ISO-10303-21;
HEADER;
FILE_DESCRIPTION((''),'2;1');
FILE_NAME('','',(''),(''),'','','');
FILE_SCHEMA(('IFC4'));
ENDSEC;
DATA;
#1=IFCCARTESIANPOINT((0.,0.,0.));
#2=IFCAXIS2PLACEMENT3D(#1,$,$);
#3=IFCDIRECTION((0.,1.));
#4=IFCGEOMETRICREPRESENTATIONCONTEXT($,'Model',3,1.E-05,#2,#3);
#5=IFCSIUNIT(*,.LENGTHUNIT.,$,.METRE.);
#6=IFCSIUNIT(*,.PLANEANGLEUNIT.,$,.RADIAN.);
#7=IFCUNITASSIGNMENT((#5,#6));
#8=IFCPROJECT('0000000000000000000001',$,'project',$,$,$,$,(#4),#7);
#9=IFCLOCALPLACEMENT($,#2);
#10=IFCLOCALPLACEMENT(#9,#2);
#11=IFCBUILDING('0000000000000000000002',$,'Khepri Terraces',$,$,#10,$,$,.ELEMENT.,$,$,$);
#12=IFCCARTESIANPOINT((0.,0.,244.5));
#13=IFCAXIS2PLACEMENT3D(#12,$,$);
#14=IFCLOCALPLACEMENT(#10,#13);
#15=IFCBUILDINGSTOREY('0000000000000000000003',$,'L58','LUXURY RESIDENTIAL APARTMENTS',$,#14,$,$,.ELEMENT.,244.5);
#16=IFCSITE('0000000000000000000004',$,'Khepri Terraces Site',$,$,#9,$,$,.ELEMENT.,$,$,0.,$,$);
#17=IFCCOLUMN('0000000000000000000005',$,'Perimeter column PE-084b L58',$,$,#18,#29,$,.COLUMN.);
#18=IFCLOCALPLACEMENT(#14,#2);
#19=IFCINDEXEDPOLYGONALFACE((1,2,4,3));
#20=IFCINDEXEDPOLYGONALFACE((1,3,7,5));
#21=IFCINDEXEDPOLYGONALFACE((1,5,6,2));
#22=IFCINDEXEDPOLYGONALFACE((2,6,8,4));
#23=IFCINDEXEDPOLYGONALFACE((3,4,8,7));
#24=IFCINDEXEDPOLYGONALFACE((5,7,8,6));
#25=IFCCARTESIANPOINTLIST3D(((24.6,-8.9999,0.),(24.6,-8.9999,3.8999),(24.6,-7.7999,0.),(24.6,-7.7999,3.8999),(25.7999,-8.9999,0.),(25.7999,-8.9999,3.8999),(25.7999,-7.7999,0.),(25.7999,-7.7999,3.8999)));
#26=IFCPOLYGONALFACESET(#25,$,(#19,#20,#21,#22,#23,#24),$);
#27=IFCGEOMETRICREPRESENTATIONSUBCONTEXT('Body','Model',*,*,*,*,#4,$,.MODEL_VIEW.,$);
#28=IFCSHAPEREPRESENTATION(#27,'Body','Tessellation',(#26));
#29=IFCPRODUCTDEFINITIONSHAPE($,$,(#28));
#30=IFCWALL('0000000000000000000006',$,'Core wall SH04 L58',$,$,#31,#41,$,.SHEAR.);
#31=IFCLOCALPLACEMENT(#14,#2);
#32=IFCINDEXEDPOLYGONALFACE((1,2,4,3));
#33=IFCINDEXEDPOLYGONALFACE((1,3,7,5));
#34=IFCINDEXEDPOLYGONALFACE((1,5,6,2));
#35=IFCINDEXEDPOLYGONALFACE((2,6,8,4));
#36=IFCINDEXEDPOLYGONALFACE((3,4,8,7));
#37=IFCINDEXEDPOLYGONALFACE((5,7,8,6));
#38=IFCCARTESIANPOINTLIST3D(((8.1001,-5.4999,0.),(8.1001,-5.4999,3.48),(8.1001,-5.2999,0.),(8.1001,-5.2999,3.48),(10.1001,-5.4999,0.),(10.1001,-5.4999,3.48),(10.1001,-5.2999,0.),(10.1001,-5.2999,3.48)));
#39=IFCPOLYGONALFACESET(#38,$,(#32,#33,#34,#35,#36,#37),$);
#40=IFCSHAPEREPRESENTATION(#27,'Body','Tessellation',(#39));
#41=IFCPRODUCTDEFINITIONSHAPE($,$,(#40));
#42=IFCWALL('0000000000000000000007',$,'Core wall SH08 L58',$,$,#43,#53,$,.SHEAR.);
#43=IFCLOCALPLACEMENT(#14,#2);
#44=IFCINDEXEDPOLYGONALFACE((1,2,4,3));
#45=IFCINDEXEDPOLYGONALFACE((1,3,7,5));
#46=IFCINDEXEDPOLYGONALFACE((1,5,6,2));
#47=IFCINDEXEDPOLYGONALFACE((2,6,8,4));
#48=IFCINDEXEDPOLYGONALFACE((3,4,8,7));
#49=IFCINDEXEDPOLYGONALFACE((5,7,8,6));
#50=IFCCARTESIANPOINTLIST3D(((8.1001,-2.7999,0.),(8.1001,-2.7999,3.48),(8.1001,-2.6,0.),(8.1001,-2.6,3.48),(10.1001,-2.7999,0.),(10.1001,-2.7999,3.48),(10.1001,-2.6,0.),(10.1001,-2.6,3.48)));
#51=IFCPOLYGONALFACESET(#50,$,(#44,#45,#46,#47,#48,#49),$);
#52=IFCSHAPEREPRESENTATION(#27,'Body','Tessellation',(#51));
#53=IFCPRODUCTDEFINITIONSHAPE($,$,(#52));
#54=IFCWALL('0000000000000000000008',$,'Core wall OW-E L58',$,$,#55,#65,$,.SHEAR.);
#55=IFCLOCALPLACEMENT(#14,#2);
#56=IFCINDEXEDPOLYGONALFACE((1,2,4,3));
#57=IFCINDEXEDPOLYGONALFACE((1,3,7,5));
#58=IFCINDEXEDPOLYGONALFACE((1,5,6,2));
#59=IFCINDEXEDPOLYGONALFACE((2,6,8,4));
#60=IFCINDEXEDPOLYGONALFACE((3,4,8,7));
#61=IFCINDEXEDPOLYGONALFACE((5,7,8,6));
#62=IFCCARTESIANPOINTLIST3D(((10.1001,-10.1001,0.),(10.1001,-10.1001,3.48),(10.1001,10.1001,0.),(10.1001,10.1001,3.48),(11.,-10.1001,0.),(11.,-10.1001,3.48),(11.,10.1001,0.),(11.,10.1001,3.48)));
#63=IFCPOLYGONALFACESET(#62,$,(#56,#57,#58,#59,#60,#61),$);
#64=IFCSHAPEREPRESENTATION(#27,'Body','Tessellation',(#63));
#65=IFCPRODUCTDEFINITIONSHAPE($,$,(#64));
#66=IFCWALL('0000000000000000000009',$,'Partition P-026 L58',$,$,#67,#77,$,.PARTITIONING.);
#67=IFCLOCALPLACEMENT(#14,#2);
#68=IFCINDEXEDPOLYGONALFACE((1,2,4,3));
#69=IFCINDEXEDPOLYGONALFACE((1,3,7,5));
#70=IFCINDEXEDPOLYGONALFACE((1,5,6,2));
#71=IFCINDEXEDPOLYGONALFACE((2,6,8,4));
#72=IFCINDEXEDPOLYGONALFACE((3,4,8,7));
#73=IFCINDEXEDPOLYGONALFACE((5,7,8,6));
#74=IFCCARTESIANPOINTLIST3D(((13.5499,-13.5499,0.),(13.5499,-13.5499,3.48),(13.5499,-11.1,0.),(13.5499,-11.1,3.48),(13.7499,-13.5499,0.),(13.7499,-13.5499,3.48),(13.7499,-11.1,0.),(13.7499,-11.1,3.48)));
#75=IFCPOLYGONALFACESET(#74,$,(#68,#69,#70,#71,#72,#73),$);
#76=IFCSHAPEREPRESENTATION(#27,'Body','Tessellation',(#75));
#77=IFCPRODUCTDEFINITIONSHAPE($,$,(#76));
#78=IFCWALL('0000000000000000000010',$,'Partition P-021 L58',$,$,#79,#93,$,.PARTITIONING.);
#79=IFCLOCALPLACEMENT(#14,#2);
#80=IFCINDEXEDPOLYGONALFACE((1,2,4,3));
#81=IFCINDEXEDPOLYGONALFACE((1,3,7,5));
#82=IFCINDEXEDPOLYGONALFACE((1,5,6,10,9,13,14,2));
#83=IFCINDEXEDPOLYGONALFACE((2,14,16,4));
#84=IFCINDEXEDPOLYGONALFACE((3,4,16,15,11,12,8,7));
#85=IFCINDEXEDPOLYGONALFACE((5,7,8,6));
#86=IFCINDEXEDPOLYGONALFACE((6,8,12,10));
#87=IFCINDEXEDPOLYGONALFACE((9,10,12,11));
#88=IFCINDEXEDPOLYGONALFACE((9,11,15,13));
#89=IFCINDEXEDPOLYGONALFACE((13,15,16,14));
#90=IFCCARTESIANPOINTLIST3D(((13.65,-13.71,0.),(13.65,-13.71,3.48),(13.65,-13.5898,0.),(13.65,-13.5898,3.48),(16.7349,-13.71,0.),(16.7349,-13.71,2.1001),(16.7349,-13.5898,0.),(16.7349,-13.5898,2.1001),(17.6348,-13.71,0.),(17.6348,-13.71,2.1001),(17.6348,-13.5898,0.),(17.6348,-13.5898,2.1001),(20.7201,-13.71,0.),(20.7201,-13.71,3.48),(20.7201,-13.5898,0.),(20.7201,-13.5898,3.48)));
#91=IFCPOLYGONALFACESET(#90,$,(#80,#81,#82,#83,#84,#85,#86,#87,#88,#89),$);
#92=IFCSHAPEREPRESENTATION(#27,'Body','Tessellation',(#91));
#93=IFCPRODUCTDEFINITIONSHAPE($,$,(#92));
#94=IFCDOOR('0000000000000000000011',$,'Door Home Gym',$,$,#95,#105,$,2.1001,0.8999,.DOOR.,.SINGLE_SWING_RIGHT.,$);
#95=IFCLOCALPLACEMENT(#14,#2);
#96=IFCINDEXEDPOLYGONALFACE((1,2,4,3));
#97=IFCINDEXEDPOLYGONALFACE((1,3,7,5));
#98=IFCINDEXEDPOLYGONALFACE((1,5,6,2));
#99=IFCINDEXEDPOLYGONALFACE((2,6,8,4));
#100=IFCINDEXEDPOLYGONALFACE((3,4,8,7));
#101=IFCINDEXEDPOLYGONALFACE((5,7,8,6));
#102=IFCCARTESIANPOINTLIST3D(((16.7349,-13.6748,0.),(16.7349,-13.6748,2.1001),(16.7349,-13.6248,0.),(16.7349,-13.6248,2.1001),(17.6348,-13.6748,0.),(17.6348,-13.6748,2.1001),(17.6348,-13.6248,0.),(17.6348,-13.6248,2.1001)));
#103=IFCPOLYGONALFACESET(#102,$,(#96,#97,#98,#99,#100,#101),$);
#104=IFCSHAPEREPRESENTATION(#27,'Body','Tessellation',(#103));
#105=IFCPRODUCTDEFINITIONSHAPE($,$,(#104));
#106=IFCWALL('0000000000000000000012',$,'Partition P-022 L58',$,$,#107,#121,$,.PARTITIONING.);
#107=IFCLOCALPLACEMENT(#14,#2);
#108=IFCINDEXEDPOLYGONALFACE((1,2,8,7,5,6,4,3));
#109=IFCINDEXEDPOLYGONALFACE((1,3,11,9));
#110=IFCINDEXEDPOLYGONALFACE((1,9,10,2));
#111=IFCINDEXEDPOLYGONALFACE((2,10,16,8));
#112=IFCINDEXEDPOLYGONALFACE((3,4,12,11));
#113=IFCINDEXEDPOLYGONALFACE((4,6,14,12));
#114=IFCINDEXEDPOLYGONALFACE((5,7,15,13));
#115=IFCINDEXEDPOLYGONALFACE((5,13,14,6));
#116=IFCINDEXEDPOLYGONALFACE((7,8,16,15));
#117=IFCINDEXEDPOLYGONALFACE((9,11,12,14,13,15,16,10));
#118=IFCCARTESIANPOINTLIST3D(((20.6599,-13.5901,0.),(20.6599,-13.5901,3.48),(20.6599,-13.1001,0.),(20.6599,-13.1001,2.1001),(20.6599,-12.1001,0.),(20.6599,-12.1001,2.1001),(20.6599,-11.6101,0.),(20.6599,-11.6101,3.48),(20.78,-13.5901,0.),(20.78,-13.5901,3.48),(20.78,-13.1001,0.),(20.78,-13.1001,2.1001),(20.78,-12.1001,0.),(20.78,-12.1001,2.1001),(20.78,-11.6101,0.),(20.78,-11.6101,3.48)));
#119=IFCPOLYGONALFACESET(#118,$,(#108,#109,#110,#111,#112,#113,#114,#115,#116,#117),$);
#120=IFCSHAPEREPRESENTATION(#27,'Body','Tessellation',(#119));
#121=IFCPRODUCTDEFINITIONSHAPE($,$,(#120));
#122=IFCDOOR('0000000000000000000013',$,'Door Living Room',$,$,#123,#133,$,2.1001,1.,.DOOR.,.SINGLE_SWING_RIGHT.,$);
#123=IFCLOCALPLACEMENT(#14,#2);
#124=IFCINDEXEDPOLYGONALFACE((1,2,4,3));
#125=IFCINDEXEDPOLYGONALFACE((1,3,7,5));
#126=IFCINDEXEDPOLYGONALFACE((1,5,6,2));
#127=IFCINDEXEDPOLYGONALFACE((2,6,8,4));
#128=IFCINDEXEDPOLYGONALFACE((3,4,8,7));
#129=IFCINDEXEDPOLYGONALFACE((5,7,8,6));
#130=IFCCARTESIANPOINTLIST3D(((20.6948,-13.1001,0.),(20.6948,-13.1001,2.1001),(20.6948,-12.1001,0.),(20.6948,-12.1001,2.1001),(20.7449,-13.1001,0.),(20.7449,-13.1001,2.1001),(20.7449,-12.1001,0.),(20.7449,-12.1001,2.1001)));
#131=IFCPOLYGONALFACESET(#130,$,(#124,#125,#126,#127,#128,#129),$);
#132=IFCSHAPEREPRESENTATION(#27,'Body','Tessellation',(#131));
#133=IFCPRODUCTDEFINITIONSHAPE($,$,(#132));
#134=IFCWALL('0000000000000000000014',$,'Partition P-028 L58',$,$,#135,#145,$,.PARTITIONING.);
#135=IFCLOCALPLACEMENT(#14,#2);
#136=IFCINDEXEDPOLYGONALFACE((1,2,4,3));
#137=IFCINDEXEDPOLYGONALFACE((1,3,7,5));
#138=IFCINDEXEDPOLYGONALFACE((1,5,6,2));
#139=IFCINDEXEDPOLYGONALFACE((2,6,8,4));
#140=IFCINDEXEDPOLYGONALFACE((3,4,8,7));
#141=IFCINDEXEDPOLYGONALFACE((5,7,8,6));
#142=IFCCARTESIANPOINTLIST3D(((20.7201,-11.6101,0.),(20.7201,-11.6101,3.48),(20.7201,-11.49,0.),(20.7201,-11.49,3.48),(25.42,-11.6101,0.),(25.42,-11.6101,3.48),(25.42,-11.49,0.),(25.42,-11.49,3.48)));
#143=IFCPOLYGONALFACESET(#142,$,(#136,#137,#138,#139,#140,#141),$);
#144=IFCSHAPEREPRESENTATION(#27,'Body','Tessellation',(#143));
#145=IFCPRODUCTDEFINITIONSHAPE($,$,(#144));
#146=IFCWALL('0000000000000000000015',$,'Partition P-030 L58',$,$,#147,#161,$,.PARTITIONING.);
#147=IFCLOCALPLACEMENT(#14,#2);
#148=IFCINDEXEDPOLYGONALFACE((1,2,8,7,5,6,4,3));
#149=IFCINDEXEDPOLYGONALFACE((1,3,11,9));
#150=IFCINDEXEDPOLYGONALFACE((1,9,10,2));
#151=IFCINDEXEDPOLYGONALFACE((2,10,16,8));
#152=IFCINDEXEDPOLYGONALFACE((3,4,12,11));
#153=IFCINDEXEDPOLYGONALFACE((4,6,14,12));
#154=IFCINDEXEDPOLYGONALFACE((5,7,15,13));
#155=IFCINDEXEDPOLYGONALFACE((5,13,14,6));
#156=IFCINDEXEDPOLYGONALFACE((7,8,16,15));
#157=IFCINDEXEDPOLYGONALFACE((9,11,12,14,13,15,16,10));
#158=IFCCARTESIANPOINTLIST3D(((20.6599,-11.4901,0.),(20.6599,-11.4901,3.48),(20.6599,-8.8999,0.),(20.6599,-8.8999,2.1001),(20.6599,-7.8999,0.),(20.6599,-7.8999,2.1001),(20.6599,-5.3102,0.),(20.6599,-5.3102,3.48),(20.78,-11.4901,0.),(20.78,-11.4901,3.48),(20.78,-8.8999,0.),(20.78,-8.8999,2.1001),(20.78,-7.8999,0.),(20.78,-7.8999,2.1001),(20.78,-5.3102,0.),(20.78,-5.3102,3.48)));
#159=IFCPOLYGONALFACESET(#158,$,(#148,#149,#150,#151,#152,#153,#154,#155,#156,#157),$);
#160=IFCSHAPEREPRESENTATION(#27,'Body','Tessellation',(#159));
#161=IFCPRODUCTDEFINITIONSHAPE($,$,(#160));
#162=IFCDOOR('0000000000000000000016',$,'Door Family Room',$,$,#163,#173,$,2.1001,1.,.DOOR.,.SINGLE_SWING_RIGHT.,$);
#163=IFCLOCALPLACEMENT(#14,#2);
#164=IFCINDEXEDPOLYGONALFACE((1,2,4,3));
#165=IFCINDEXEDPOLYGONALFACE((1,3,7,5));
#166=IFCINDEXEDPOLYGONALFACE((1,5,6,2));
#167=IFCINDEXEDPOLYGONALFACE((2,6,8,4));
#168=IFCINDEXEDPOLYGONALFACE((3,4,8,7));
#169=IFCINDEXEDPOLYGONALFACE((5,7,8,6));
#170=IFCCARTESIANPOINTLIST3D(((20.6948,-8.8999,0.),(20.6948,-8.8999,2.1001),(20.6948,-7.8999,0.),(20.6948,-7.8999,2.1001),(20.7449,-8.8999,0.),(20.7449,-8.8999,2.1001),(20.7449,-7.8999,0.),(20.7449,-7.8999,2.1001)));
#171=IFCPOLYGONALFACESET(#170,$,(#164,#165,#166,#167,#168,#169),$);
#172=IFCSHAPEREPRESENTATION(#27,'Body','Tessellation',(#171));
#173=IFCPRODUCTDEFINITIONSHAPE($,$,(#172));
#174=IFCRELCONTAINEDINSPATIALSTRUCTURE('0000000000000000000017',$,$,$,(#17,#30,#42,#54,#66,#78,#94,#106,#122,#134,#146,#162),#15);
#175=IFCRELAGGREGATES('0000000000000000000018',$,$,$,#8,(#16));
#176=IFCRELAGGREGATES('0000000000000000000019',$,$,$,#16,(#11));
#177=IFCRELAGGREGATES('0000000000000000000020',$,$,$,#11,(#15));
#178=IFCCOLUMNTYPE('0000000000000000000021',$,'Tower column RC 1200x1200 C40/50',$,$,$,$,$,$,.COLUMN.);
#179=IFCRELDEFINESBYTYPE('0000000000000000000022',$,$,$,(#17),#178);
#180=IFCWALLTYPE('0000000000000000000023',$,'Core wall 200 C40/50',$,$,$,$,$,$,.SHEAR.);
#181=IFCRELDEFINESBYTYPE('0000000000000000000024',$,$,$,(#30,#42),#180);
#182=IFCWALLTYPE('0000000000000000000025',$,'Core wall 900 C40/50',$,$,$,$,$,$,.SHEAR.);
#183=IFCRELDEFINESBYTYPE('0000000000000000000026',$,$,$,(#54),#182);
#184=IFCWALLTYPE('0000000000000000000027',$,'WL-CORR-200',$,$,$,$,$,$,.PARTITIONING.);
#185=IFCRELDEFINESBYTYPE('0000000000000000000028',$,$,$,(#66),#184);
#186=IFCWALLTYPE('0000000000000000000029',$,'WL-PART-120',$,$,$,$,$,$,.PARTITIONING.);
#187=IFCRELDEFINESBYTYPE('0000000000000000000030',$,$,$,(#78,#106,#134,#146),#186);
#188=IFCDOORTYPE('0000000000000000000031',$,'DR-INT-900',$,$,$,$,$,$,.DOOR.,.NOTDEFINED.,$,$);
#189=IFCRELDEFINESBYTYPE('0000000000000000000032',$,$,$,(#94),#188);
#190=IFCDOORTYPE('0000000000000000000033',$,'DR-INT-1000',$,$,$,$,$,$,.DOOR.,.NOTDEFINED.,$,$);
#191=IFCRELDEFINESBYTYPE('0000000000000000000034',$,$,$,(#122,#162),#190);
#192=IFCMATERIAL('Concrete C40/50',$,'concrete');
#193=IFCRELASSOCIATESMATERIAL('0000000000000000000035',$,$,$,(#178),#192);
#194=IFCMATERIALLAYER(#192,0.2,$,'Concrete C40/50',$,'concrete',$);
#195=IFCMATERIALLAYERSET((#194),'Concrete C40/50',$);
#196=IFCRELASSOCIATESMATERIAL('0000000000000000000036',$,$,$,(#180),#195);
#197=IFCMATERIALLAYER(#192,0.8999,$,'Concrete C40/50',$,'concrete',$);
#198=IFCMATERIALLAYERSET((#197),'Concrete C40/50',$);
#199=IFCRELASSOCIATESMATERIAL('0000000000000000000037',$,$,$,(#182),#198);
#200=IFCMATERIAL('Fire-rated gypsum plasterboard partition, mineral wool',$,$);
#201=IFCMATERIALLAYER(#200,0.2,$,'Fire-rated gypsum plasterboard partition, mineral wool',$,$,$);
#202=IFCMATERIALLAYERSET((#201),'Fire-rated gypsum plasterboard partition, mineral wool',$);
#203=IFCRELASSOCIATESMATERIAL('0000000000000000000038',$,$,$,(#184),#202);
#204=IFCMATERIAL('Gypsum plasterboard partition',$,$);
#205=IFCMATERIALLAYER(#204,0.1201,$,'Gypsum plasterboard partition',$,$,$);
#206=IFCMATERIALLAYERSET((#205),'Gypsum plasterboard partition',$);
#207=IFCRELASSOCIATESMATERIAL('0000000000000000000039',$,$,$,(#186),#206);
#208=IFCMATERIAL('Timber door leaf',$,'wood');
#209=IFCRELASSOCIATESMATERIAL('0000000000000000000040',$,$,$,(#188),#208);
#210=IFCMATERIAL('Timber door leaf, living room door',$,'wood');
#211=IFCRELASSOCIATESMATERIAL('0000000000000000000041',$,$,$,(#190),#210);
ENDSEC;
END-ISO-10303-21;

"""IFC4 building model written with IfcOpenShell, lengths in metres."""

from ifc_helpers import new_model, si_unit, direction, frame, frame_2d, origin, origin_2d, place, context, subcontext, project, spatial, rectangle, extrude, material, layer, layer_set, material_profile, profile_set, type_object, element, fill, save


model = new_model("IFC4")

# Units and contexts
model_context = context("Model", 3, precision=1e-05, world=origin(), true_north=direction((0.0, 1.0)))
body_context = subcontext(model_context, "Body", "Model", "MODEL_VIEW")
ifc_project = project(units=[si_unit("LENGTHUNIT", "METRE"), si_unit("PLANEANGLEUNIT", "RADIAN")], contexts=[model_context])

# Site, building, storey
site_placement = place(None, origin())
site = spatial("IfcSite", under=ifc_project, at=site_placement, Name="Khepri Terraces Site", CompositionType="ELEMENT", RefElevation=0.0)
building_placement = place(site_placement, origin())
building = spatial("IfcBuilding", under=site, at=building_placement, Name="Khepri Terraces", CompositionType="ELEMENT")
storey_placement = place(building_placement, frame((0.0, 0.0, 244.5)))
storey = spatial("IfcBuildingStorey", under=building, at=storey_placement, Name="L58", Description="LUXURY RESIDENTIAL APARTMENTS", CompositionType="ELEMENT", Elevation=244.5)

# Column
ifc_material_1 = material(Name="Concrete C40/50", Category="concrete")
ifc_material_profile = material_profile(ifc_material_1, rectangle(XDim=1.2, YDim=1.2, at=origin_2d()), Name="Concrete C40/50", Category="concrete")
ifc_profile_set = profile_set([ifc_material_profile], Name="Concrete C40/50")
column_type = type_object("IfcColumnType", Name="Tower column RC 1200x1200 C40/50", PredefinedType="COLUMN", material=ifc_profile_set)
column_placement = place(storey_placement, frame((25.2, -8.3999, 0.0), z_axis=(0.0, 0.0, 1.0), x_axis=(1.0, 0.0, 0.0)))
element("IfcColumn", 1, at=column_placement, inside=storey, type_object=column_type, Name="Perimeter column PE-084b L58", PredefinedType="COLUMN", context=body_context, shape_type="SweptSolid", body=[
    extrude(rectangle(XDim=1.2, YDim=1.2, at=origin_2d()), origin(), (0.0, 0.0, 1.0), 3.8999),
])

# Walls
ifc_layer_1 = layer(ifc_material_1, 0.2, Name="Concrete C40/50", Category="concrete")
ifc_layer_set_1 = layer_set([ifc_layer_1], Name="Concrete C40/50")
wall_type_1 = type_object("IfcWallType", Name="Core wall 200 C40/50", PredefinedType="SHEAR", material=ifc_layer_set_1)
for number, where, z_axis, x_axis, name in (
    (2, (8.1001, -5.3999, 0.0), (0.0, 0.0, 1.0), (1.0, 0.0, 0.0), "Core wall SH04 L58"),
    (3, (8.1001, -2.7, 0.0), (0.0, 0.0, 1.0), (1.0, 0.0, 0.0), "Core wall SH08 L58"),
):
    element("IfcWall", number, at=place(storey_placement, frame(where, z_axis=z_axis, x_axis=x_axis)), inside=storey, type_object=wall_type_1, Name=name, PredefinedType="SHEAR", context=body_context, shape_type="SweptSolid", body=[
        extrude(rectangle(XDim=2.0, YDim=0.2, at=frame_2d((1.0, 0.0))), origin(), (0.0, 0.0, 1.0), 3.48),
    ])
ifc_layer_2 = layer(ifc_material_1, 0.8999, Name="Concrete C40/50", Category="concrete")
ifc_layer_set_2 = layer_set([ifc_layer_2], Name="Concrete C40/50")
wall_type_2 = type_object("IfcWallType", Name="Core wall 900 C40/50", PredefinedType="SHEAR", material=ifc_layer_set_2)
wall_1_placement = place(storey_placement, frame((10.55, -10.1001, 0.0), z_axis=(0.0, 0.0, 1.0), x_axis=(0.0, 1.0, 0.0)))
element("IfcWall", 4, at=wall_1_placement, inside=storey, type_object=wall_type_2, Name="Core wall OW-E L58", PredefinedType="SHEAR", context=body_context, shape_type="SweptSolid", body=[
    extrude(rectangle(XDim=20.2002, YDim=0.8999, at=frame_2d((10.1001, 0.0))), origin(), (0.0, 0.0, 1.0), 3.48),
])
ifc_material_2 = material(Name="Fire-rated gypsum plasterboard partition, mineral wool")
ifc_layer_3 = layer(ifc_material_2, 0.2, Name="Fire-rated gypsum plasterboard partition, mineral wool")
ifc_layer_set_3 = layer_set([ifc_layer_3], Name="Fire-rated gypsum plasterboard partition, mineral wool")
wall_type_3 = type_object("IfcWallType", Name="WL-CORR-200", PredefinedType="PARTITIONING", material=ifc_layer_set_3)
wall_2_placement = place(storey_placement, frame((13.6499, -13.55, 0.0), z_axis=(0.0, 0.0, 1.0), x_axis=(0.0, 1.0, 0.0)))
element("IfcWall", 5, at=wall_2_placement, inside=storey, type_object=wall_type_3, Name="Partition P-026 L58", PredefinedType="PARTITIONING", context=body_context, shape_type="SweptSolid", body=[
    extrude(rectangle(XDim=2.45, YDim=0.2, at=frame_2d((1.2251, 0.0))), origin(), (0.0, 0.0, 1.0), 3.48),
])

# Walls, openings, doors
ifc_material_3 = material(Name="Gypsum plasterboard partition")
ifc_layer_4 = layer(ifc_material_3, 0.1201, Name="Gypsum plasterboard partition")
ifc_layer_set_4 = layer_set([ifc_layer_4], Name="Gypsum plasterboard partition")
wall_type_4 = type_object("IfcWallType", Name="WL-PART-120", PredefinedType="PARTITIONING", material=ifc_layer_set_4)
wall_3_placement = place(storey_placement, frame((13.6499, -13.6499, 0.0), z_axis=(0.0, 0.0, 1.0), x_axis=(1.0, 0.0, 0.0)))
wall_3 = element("IfcWall", 6, at=wall_3_placement, inside=storey, type_object=wall_type_4, Name="Partition P-021 L58", PredefinedType="PARTITIONING", context=body_context, shape_type="SweptSolid", body=[
    extrude(rectangle(XDim=7.0701, YDim=0.1201, at=frame_2d((3.5352, 0.0))), origin(), (0.0, 0.0, 1.0), 3.48),
])
opening_1_placement = place(wall_3_placement, frame((3.085, 0.0, 0.0)))
opening_1 = element("IfcOpeningElement", 7, at=opening_1_placement, cuts=wall_3, PredefinedType="OPENING", context=body_context, shape_type="SweptSolid", body=[
    extrude(rectangle(XDim=0.8999, YDim=2.1001, at=frame_2d((0.45, 1.05))), frame((0.0, 0.0701, 0.0), z_axis=(0.0, -1.0, 0.0), x_axis=(1.0, 0.0, 0.0)), (0.0, 0.0, 1.0), 0.1401),
])
ifc_material_4 = material(Name="Timber door leaf", Category="wood")
door_type_1 = type_object("IfcDoorType", Name="DR-INT-900", OperationType="NOTDEFINED", PredefinedType="DOOR", material=ifc_material_4)
door_1_placement = place(opening_1_placement, frame((0.8999, 0.0, 0.0), z_axis=(0.0, 0.0, 1.0), x_axis=(-1.0, 0.0, 0.0)))
door_1 = element("IfcDoor", 8, at=door_1_placement, inside=storey, type_object=door_type_1, Name="Door Home Gym", OperationType="SINGLE_SWING_RIGHT", OverallHeight=2.1001, OverallWidth=0.8999, PredefinedType="DOOR", context=body_context, shape_type="SweptSolid", body=[
    extrude(rectangle(XDim=0.8999, YDim=2.1001, at=frame_2d((0.45, 1.05))), frame((0.0, 0.0249, 0.0), z_axis=(0.0, -1.0, 0.0), x_axis=(1.0, 0.0, 0.0)), (0.0, 0.0, 1.0), 0.05),
])
fill(opening_1, door_1)
wall_4_placement = place(storey_placement, frame((20.72, -13.5901, 0.0), z_axis=(0.0, 0.0, 1.0), x_axis=(0.0, 1.0, 0.0)))
wall_4 = element("IfcWall", 9, at=wall_4_placement, inside=storey, type_object=wall_type_4, Name="Partition P-022 L58", PredefinedType="PARTITIONING", context=body_context, shape_type="SweptSolid", body=[
    extrude(rectangle(XDim=1.98, YDim=0.1201, at=frame_2d((0.99, 0.0))), origin(), (0.0, 0.0, 1.0), 3.48),
])
opening_2_placement = place(wall_4_placement, frame((0.49, 0.0, 0.0)))
opening_2 = element("IfcOpeningElement", 10, at=opening_2_placement, cuts=wall_4, PredefinedType="OPENING", context=body_context, shape_type="SweptSolid", body=[
    extrude(rectangle(XDim=1.0, YDim=2.1001, at=frame_2d((0.5, 1.05))), frame((0.0, 0.0701, 0.0), z_axis=(0.0, -1.0, 0.0), x_axis=(1.0, 0.0, 0.0)), (0.0, 0.0, 1.0), 0.1401),
])
ifc_material_5 = material(Name="Timber door leaf, living room door", Category="wood")
door_type_2 = type_object("IfcDoorType", Name="DR-INT-1000", OperationType="NOTDEFINED", PredefinedType="DOOR", material=ifc_material_5)
door_2_placement = place(opening_2_placement, frame((1.0, 0.0, 0.0), z_axis=(0.0, 0.0, 1.0), x_axis=(-1.0, 0.0, 0.0)))
door_2 = element("IfcDoor", 11, at=door_2_placement, inside=storey, type_object=door_type_2, Name="Door Living Room", OperationType="SINGLE_SWING_RIGHT", OverallHeight=2.1001, OverallWidth=1.0, PredefinedType="DOOR", context=body_context, shape_type="SweptSolid", body=[
    extrude(rectangle(XDim=1.0, YDim=2.1001, at=frame_2d((0.5, 1.05))), frame((0.0, 0.0249, 0.0), z_axis=(0.0, -1.0, 0.0), x_axis=(1.0, 0.0, 0.0)), (0.0, 0.0, 1.0), 0.05),
])
fill(opening_2, door_2)

# Wall
wall_5_placement = place(storey_placement, frame((20.72, -11.55, 0.0), z_axis=(0.0, 0.0, 1.0), x_axis=(1.0, 0.0, 0.0)))
element("IfcWall", 12, at=wall_5_placement, inside=storey, type_object=wall_type_4, Name="Partition P-028 L58", PredefinedType="PARTITIONING", context=body_context, shape_type="SweptSolid", body=[
    extrude(rectangle(XDim=4.7, YDim=0.1201, at=frame_2d((2.3501, 0.0))), origin(), (0.0, 0.0, 1.0), 3.48),
])

# Wall, opening, door
wall_6_placement = place(storey_placement, frame((20.72, -11.49, 0.0), z_axis=(0.0, 0.0, 1.0), x_axis=(0.0, 1.0, 0.0)))
wall_6 = element("IfcWall", 13, at=wall_6_placement, inside=storey, type_object=wall_type_4, Name="Partition P-030 L58", PredefinedType="PARTITIONING", context=body_context, shape_type="SweptSolid", body=[
    extrude(rectangle(XDim=6.1799, YDim=0.1201, at=frame_2d((3.0898, 0.0))), origin(), (0.0, 0.0, 1.0), 3.48),
])
opening_3_placement = place(wall_6_placement, frame((2.5901, 0.0, 0.0)))
opening_3 = element("IfcOpeningElement", 14, at=opening_3_placement, cuts=wall_6, PredefinedType="OPENING", context=body_context, shape_type="SweptSolid", body=[
    extrude(rectangle(XDim=1.0, YDim=2.1001, at=frame_2d((0.5, 1.05))), frame((0.0, 0.0701, 0.0), z_axis=(0.0, -1.0, 0.0), x_axis=(1.0, 0.0, 0.0)), (0.0, 0.0, 1.0), 0.1401),
])
door_3_placement = place(opening_3_placement, frame((1.0, 0.0, 0.0), z_axis=(0.0, 0.0, 1.0), x_axis=(-1.0, 0.0, 0.0)))
door_3 = element("IfcDoor", 15, at=door_3_placement, inside=storey, type_object=door_type_2, Name="Door Family Room", OperationType="SINGLE_SWING_RIGHT", OverallHeight=2.1001, OverallWidth=1.0, PredefinedType="DOOR", context=body_context, shape_type="SweptSolid", body=[
    extrude(rectangle(XDim=1.0, YDim=2.1001, at=frame_2d((0.5, 1.05))), frame((0.0, 0.0249, 0.0), z_axis=(0.0, -1.0, 0.0), x_axis=(1.0, 0.0, 0.0)), (0.0, 0.0, 1.0), 0.05),
])
fill(opening_3, door_3)

save(model, "model.ifc")
